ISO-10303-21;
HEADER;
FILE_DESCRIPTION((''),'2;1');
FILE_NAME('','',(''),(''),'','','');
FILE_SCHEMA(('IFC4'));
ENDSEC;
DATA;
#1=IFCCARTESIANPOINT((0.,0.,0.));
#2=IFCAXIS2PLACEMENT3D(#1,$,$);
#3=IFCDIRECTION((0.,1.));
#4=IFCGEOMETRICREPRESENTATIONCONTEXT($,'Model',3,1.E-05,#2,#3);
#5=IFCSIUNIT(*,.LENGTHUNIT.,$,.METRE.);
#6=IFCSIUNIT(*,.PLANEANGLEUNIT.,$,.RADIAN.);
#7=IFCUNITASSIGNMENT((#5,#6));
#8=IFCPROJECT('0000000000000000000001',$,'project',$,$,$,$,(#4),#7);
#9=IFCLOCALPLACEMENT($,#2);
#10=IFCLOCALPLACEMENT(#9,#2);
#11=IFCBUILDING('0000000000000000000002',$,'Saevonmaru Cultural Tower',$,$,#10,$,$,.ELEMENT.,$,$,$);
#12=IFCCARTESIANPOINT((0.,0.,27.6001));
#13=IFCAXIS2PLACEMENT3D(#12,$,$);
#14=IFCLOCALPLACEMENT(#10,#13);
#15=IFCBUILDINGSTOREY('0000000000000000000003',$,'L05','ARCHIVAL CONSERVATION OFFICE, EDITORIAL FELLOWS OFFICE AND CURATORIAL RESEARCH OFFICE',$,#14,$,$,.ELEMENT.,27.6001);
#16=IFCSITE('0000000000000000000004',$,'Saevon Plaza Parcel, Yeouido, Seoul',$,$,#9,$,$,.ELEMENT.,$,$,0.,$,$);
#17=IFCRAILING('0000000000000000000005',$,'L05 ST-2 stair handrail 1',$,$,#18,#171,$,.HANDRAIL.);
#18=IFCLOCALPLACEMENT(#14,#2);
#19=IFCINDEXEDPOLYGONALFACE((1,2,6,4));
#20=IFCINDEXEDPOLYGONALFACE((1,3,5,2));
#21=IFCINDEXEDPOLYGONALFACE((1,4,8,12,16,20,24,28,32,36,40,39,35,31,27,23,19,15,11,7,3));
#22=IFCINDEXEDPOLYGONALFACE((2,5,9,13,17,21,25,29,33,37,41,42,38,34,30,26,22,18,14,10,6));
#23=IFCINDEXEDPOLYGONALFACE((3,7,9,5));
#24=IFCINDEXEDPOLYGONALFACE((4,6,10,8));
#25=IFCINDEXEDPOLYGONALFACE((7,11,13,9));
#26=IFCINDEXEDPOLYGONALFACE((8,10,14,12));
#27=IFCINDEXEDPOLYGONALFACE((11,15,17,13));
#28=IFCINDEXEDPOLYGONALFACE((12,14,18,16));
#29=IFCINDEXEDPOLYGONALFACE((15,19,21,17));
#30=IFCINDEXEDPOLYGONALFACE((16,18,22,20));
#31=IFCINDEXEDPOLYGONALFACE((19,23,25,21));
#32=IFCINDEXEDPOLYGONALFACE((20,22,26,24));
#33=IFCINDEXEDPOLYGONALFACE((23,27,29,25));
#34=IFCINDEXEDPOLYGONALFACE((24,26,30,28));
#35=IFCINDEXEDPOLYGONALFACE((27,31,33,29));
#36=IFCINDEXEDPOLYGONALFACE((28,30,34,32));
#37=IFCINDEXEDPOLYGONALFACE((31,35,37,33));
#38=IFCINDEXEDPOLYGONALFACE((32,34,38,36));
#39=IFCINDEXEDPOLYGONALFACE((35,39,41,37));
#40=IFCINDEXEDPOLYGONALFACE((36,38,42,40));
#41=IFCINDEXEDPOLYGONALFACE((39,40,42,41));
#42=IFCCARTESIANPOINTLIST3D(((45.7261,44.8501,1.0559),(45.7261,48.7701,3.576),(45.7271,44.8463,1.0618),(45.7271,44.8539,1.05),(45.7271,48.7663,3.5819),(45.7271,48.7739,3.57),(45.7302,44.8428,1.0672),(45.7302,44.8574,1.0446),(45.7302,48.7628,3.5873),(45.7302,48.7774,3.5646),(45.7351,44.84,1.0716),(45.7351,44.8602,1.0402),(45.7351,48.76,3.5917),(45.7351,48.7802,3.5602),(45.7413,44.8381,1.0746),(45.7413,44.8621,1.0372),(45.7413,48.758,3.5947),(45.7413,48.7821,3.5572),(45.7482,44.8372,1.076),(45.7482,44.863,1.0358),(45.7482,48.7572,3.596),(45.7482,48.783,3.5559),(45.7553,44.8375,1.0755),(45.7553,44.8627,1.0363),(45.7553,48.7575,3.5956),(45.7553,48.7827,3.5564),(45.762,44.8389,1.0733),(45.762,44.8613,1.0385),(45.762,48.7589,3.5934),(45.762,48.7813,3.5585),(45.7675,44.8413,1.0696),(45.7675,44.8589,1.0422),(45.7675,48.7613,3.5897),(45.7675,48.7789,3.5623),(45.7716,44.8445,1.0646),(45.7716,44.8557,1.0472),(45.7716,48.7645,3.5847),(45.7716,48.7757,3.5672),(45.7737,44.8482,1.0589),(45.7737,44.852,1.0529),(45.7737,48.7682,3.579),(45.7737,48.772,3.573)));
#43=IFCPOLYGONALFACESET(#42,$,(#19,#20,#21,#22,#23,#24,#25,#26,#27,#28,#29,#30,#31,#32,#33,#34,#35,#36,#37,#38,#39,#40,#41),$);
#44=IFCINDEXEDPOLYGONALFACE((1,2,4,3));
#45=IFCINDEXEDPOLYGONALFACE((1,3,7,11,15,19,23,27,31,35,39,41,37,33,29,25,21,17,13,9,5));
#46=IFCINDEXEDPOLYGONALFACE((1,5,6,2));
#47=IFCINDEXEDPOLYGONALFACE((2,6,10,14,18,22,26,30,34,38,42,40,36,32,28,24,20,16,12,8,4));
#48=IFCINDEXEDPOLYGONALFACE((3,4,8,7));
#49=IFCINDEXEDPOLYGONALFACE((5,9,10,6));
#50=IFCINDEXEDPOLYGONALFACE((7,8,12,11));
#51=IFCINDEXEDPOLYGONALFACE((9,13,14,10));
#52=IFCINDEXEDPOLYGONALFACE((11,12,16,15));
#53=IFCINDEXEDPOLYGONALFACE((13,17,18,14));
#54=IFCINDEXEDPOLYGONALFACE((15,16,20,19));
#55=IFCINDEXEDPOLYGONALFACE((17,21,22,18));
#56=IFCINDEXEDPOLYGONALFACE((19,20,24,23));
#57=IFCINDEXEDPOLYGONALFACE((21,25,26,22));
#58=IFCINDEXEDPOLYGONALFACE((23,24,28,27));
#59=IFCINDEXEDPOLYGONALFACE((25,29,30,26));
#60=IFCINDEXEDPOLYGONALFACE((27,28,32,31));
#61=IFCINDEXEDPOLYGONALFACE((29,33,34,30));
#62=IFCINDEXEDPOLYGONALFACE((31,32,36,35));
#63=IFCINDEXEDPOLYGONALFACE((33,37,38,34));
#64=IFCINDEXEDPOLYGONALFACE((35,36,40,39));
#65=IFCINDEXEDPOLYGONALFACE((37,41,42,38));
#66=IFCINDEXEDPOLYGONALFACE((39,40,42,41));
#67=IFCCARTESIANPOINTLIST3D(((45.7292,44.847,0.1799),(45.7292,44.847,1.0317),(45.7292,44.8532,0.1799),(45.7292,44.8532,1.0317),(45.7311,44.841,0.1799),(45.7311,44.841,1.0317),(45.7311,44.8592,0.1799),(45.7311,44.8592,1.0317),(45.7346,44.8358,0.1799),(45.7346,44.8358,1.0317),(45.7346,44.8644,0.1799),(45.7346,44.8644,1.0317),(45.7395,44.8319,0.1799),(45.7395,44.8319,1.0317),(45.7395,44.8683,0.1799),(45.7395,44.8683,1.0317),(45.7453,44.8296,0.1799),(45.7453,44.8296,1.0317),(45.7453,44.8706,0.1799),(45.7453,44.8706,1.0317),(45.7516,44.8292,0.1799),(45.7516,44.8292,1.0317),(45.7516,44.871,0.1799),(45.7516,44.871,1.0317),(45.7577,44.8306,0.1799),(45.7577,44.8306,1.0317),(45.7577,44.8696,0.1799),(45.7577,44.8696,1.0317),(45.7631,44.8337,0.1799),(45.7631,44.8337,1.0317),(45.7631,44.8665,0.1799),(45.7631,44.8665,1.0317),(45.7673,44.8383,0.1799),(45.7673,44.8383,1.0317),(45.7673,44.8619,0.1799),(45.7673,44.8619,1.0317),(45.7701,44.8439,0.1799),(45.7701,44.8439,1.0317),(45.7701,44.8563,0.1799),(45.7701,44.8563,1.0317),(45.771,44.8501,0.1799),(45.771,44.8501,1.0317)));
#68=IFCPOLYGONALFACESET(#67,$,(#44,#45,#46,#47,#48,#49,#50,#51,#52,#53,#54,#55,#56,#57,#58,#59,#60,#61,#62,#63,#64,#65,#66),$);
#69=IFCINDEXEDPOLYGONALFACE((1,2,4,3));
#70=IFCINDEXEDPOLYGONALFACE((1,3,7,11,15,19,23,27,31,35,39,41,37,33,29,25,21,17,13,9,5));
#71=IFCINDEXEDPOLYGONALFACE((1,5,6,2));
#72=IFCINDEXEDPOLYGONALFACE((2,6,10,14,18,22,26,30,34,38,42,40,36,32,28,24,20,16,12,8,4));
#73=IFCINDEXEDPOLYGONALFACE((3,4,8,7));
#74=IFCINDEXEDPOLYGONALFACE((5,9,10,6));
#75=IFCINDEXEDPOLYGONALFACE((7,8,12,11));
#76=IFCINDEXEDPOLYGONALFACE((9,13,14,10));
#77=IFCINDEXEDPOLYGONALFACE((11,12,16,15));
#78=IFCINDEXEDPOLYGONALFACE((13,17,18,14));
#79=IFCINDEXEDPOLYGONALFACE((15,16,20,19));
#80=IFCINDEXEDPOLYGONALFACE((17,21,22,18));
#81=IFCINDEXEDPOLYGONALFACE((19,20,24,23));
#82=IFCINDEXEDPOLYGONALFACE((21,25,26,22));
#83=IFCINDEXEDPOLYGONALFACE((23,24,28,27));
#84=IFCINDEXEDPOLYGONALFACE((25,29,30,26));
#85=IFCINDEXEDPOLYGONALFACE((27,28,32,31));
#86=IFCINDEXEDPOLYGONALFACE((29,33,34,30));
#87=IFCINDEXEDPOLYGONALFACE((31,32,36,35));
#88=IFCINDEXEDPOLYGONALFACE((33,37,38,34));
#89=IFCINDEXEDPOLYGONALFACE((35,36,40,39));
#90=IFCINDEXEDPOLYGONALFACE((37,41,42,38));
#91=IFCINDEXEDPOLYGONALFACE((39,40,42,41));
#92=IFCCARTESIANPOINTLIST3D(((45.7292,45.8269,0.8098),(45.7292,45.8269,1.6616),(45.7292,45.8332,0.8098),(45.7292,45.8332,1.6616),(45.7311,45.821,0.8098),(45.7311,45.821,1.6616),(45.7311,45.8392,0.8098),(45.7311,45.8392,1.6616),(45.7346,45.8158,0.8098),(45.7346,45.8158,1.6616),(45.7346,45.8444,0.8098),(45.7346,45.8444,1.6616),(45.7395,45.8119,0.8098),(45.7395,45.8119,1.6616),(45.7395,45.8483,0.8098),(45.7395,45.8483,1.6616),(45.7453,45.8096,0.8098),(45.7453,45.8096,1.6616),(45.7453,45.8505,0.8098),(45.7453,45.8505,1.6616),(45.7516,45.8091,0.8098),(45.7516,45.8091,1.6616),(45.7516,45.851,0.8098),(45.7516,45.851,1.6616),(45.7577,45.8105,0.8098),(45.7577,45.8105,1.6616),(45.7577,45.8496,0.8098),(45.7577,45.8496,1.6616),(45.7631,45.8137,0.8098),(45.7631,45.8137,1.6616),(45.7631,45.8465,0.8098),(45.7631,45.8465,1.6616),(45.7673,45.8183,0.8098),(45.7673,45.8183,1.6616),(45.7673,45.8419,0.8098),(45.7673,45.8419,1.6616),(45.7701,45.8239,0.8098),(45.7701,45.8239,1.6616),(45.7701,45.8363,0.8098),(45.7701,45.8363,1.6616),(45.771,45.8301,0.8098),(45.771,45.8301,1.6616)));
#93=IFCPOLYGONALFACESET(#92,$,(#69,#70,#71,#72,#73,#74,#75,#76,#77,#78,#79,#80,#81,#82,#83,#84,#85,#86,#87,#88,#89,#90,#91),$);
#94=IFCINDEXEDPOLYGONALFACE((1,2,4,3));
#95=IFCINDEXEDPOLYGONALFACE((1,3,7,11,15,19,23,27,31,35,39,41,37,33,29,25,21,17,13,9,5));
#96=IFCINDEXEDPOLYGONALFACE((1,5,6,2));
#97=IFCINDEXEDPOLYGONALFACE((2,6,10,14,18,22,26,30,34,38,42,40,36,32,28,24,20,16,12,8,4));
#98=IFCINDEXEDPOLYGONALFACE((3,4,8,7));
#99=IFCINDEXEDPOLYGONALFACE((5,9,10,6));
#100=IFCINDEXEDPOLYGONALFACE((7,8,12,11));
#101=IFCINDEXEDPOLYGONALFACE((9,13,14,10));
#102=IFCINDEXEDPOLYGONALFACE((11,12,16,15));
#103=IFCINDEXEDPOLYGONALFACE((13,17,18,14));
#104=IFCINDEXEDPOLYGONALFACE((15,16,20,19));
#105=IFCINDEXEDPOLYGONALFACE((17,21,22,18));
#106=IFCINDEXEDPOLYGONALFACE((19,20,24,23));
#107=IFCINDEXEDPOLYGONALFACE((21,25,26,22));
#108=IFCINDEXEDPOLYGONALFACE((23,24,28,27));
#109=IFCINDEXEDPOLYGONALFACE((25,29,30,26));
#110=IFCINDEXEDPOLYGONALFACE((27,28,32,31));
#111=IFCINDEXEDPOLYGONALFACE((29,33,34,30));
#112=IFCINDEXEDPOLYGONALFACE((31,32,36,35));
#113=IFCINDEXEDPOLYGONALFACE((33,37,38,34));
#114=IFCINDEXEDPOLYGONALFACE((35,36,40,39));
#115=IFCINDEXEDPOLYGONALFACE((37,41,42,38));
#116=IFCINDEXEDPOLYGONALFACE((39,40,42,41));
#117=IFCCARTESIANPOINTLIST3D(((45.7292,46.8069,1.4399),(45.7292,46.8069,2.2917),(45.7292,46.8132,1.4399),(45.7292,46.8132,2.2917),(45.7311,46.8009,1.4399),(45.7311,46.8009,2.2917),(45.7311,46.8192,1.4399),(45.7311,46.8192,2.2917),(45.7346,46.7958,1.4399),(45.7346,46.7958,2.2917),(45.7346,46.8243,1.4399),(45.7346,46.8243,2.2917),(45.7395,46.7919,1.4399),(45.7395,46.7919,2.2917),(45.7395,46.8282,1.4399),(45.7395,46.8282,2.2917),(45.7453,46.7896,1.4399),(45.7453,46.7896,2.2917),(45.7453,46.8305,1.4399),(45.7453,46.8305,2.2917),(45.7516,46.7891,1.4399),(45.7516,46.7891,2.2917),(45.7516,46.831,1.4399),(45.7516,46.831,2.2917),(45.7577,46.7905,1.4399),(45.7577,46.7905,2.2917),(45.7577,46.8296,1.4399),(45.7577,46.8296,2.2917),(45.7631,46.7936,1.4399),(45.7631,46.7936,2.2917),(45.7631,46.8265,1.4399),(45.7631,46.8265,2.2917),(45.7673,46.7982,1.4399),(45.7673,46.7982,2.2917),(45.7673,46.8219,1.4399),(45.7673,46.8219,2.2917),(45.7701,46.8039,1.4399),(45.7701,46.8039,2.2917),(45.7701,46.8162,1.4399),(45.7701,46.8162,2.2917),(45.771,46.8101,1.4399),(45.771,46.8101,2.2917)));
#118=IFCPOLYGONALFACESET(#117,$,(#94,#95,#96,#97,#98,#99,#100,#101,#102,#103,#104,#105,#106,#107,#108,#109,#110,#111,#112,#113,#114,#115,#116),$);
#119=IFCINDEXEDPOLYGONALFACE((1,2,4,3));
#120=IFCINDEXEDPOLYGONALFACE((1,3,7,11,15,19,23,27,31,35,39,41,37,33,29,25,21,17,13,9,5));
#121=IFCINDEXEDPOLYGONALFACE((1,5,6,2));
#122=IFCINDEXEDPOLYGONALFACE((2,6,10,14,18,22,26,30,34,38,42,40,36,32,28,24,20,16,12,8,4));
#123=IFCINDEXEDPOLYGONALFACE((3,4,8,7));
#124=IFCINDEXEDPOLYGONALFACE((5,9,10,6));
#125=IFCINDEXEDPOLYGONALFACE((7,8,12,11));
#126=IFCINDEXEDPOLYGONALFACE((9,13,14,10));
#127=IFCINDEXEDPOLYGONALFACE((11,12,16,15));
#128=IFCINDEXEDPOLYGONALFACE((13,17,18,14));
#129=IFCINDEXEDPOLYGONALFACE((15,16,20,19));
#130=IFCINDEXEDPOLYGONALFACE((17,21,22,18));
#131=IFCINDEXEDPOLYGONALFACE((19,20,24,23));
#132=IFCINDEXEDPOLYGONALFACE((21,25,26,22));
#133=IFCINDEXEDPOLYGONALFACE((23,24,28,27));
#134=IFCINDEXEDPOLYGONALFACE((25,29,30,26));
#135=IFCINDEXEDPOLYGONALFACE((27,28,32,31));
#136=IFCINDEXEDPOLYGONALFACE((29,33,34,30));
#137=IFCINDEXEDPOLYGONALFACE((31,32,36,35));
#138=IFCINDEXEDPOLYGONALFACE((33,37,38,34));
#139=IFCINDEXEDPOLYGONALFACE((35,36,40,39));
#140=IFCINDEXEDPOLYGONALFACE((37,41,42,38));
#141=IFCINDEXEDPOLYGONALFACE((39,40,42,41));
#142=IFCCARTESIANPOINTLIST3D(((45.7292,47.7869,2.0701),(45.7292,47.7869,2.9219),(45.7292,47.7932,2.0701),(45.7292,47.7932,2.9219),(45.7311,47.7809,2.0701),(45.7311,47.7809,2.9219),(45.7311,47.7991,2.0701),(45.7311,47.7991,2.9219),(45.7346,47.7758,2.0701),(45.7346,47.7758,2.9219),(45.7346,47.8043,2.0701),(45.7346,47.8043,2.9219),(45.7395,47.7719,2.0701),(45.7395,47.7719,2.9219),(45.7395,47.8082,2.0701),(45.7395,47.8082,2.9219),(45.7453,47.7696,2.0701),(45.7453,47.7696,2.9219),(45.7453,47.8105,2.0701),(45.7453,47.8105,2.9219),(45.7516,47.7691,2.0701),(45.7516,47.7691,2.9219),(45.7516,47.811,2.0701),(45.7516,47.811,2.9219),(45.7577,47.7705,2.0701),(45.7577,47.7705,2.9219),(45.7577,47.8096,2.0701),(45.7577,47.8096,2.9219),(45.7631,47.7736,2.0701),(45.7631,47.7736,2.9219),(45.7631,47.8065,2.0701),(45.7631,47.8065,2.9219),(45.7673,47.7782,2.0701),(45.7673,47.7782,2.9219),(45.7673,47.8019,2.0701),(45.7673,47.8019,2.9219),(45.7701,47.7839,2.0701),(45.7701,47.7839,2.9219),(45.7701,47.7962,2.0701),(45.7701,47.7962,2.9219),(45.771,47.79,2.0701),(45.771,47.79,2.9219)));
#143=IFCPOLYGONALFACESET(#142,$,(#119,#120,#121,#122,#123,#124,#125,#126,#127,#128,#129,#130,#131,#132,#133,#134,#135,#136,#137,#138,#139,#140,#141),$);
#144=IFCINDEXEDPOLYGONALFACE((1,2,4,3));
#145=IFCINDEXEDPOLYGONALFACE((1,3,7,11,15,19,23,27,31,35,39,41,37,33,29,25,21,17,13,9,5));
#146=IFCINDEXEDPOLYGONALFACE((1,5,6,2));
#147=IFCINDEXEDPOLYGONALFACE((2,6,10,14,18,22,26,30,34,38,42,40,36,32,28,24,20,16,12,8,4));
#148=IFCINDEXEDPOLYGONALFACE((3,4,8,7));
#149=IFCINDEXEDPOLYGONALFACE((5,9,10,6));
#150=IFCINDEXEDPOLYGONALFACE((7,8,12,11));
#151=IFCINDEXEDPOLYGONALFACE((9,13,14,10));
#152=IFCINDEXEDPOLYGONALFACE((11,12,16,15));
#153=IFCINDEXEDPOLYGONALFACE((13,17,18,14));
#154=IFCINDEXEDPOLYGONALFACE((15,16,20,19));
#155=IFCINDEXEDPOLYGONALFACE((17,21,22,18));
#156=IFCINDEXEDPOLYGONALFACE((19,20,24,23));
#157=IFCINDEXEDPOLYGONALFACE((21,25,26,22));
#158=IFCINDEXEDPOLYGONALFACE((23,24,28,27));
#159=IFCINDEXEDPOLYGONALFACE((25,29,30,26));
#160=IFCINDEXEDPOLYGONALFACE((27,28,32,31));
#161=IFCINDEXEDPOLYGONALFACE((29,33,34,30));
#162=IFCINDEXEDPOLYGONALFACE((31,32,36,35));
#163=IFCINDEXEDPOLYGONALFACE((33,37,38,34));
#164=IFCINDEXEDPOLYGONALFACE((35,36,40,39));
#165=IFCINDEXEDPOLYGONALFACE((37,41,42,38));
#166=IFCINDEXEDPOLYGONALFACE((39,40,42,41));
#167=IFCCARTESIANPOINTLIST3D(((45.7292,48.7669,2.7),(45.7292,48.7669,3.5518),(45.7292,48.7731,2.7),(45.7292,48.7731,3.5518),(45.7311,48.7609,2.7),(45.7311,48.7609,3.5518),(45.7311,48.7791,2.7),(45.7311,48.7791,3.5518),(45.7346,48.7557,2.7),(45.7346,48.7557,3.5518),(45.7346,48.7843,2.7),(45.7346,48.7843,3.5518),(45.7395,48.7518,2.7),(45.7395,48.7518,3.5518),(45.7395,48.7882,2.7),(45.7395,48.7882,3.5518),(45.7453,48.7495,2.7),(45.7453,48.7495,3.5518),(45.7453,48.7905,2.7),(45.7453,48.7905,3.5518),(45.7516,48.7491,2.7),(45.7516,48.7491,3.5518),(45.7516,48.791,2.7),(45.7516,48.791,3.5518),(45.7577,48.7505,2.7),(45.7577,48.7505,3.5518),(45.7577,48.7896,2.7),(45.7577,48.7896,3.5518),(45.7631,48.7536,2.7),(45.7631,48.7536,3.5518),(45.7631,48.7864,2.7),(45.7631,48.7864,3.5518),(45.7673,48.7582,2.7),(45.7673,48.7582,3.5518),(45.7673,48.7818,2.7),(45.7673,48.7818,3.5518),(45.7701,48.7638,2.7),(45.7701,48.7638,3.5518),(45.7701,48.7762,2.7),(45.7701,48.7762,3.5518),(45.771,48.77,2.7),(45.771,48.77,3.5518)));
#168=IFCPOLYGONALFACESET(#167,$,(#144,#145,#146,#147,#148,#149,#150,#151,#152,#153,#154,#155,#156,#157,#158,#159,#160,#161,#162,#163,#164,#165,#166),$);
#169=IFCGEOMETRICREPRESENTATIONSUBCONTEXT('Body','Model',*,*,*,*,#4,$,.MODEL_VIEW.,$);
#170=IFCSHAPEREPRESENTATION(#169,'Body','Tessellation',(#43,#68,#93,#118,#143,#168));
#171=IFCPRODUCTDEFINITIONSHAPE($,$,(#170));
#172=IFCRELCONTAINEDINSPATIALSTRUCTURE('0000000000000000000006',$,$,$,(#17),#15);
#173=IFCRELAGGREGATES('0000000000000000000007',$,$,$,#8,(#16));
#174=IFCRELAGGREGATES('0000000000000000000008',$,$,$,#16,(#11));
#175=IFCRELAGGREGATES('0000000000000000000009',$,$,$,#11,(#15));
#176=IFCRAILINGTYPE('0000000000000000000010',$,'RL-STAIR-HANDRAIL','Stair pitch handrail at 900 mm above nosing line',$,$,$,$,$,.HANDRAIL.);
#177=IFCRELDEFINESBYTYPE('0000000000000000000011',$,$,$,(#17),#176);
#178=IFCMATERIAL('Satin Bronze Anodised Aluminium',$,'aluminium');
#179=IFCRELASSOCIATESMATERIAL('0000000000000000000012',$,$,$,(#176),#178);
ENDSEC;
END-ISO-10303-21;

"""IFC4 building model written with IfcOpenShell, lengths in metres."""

from ifc_helpers import new_model, si_unit, direction, frame, origin, origin_2d, place, context, subcontext, project, spatial, circle, extrude, material, type_object, element, save


model = new_model("IFC4")

# Units and contexts
model_context = context("Model", 3, precision=1e-05, world=origin(), true_north=direction((0.0, 1.0)))
body_context = subcontext(model_context, "Body", "Model", "MODEL_VIEW")
ifc_project = project(units=[si_unit("LENGTHUNIT", "METRE"), si_unit("PLANEANGLEUNIT", "RADIAN")], contexts=[model_context])

# Site, building, storey
site_placement = place(None, origin())
site = spatial("IfcSite", under=ifc_project, at=site_placement, Name="Saevon Plaza Parcel, Yeouido, Seoul", CompositionType="ELEMENT", RefElevation=0.0)
building_placement = place(site_placement, origin())
building = spatial("IfcBuilding", under=site, at=building_placement, Name="Saevonmaru Cultural Tower", CompositionType="ELEMENT")
storey_placement = place(building_placement, frame((0.0, 0.0, 27.6001)))
storey = spatial("IfcBuildingStorey", under=building, at=storey_placement, Name="L05", Description="ARCHIVAL CONSERVATION OFFICE, EDITORIAL FELLOWS OFFICE AND CURATORIAL RESEARCH OFFICE", CompositionType="ELEMENT", Elevation=27.6001)

# Shared definitions
ifc_material_1 = material(Name="Satin Bronze Anodised Aluminium", Category="aluminium")

# Railing
railing_type_1 = type_object("IfcRailingType", Name="RL-STAIR-HANDRAIL", Description="Stair pitch handrail at 900 mm above nosing line", PredefinedType="HANDRAIL", material=ifc_material_1)
railing_1_placement = place(storey_placement, frame((45.75, 44.8501, 0.1799)))
element("IfcRailing", 1, at=railing_1_placement, inside=storey, type_object=railing_type_1, Name="L05 ST-2 stair handrail 1", PredefinedType="HANDRAIL", context=body_context, shape_type="SweptSolid", body=[
    extrude(circle(Radius=0.0239, at=origin_2d()), frame((0.0, 0.0, 0.876), z_axis=(0.0, 0.841172, 0.540768), x_axis=(-1.0, 0.0, 0.0)), (0.0, 0.0, 1.0), 4.6602),
    extrude(circle(Radius=0.021, at=origin_2d()), origin(), (0.0, 0.0, 1.0), 0.8518),
    extrude(circle(Radius=0.021, at=origin_2d()), frame((0.0, 0.98, 0.6299)), (0.0, 0.0, 1.0), 0.8518),
    extrude(circle(Radius=0.021, at=origin_2d()), frame((0.0, 1.96, 1.26)), (0.0, 0.0, 1.0), 0.8518),
    extrude(circle(Radius=0.021, at=origin_2d()), frame((0.0, 2.9399, 1.8901)), (0.0, 0.0, 1.0), 0.8518),
    extrude(circle(Radius=0.021, at=origin_2d()), frame((0.0, 3.9199, 2.52)), (0.0, 0.0, 1.0), 0.8518),
])

save(model, "model.ifc")
